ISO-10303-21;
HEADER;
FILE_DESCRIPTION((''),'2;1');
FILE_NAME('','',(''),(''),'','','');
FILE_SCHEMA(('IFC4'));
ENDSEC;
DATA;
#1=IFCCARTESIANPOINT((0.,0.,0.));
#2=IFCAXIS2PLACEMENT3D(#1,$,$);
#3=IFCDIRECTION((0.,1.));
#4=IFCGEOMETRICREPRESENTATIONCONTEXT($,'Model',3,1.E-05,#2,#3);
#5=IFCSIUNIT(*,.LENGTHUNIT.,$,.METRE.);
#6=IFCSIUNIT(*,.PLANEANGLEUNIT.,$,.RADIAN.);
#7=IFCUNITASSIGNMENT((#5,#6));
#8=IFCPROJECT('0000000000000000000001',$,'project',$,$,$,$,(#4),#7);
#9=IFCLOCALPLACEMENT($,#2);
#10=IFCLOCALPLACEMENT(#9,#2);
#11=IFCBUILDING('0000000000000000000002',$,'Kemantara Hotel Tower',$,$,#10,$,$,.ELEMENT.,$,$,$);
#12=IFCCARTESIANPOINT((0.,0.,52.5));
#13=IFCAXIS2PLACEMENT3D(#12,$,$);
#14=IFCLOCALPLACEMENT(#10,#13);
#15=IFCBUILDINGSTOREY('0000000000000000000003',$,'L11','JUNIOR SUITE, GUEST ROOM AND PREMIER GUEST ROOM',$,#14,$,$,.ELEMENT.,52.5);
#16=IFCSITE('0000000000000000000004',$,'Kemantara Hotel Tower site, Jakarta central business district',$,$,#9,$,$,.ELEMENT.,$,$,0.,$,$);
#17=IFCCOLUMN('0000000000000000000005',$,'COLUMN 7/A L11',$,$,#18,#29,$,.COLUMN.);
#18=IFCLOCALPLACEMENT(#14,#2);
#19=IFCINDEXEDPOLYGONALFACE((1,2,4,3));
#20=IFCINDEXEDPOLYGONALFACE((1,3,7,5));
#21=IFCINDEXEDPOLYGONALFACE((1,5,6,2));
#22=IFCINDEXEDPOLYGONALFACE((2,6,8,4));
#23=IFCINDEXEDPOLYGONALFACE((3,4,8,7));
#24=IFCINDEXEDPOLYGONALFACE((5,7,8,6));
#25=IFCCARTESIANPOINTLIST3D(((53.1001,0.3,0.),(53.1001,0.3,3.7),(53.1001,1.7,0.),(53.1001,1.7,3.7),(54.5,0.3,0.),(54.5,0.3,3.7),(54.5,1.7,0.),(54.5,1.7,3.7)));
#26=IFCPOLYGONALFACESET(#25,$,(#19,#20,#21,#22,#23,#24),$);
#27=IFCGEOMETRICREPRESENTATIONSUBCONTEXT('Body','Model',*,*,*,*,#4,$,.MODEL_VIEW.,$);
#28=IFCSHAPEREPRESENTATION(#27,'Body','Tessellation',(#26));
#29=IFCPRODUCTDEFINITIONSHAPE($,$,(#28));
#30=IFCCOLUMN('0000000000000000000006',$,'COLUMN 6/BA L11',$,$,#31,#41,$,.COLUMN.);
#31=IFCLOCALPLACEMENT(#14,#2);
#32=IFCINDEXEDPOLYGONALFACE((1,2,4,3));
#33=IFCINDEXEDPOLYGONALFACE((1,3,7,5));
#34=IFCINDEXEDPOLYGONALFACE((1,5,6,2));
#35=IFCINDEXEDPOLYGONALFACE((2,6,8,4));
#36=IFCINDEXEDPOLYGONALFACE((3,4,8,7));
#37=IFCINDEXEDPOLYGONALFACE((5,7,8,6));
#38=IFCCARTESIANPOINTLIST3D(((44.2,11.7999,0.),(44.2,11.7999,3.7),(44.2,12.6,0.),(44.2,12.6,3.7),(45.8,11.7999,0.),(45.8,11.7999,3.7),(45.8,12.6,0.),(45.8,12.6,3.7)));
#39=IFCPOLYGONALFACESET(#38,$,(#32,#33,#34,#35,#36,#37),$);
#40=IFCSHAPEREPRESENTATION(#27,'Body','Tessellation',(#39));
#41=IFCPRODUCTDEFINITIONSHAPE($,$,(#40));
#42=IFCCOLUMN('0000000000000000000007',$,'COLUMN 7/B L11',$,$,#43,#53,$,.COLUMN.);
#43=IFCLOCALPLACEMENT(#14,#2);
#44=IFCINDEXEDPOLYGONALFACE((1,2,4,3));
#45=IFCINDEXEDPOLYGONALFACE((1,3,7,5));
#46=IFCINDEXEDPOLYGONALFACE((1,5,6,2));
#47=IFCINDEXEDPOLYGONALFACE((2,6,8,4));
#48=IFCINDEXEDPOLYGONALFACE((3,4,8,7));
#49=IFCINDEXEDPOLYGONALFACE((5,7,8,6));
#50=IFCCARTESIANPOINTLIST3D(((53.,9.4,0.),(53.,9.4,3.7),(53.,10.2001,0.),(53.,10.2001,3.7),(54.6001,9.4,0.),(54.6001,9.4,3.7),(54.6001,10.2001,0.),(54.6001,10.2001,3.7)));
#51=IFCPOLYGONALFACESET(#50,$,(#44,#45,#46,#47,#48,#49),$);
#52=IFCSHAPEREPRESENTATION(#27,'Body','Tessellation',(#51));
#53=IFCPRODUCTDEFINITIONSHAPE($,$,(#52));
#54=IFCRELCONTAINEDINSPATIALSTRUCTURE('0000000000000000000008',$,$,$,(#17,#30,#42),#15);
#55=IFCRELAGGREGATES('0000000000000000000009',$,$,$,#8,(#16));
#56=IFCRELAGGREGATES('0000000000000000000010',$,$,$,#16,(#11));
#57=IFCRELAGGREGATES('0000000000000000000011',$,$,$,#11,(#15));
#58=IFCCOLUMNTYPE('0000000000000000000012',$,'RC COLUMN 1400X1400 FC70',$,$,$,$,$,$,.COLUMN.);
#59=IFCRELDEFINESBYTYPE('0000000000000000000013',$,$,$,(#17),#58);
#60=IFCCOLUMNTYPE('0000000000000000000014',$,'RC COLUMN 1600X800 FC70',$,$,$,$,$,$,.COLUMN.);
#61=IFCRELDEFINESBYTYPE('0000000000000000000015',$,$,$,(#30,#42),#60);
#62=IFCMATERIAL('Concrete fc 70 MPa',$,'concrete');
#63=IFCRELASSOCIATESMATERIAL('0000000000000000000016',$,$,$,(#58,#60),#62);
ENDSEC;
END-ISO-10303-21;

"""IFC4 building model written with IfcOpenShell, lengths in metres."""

from ifc_helpers import new_model, si_unit, direction, frame, origin, origin_2d, place, context, subcontext, project, spatial, rectangle, extrude, material, material_profile, profile_set, type_object, element, save


model = new_model("IFC4")

# Units and contexts
model_context = context("Model", 3, precision=1e-05, world=origin(), true_north=direction((0.0, 1.0)))
body_context = subcontext(model_context, "Body", "Model", "MODEL_VIEW")
ifc_project = project(units=[si_unit("LENGTHUNIT", "METRE"), si_unit("PLANEANGLEUNIT", "RADIAN")], contexts=[model_context])

# Site, building, storey
site_placement = place(None, origin())
site = spatial("IfcSite", under=ifc_project, at=site_placement, Name="Kemantara Hotel Tower site, Jakarta central business district", CompositionType="ELEMENT", RefElevation=0.0)
building_placement = place(site_placement, origin())
building = spatial("IfcBuilding", under=site, at=building_placement, Name="Kemantara Hotel Tower", CompositionType="ELEMENT")
storey_placement = place(building_placement, frame((0.0, 0.0, 52.5)))
storey = spatial("IfcBuildingStorey", under=building, at=storey_placement, Name="L11", Description="JUNIOR SUITE, GUEST ROOM AND PREMIER GUEST ROOM", CompositionType="ELEMENT", Elevation=52.5)

# Columns
ifc_material_1 = material(Name="Concrete fc 70 MPa", Category="concrete")
ifc_material_profile_1 = material_profile(ifc_material_1, rectangle(XDim=1.3999, YDim=1.3999, at=origin_2d()), Name="RC 1400X1400")
ifc_profile_set_1 = profile_set([ifc_material_profile_1], Name="Concrete fc 70 MPa")
column_type_1 = type_object("IfcColumnType", Name="RC COLUMN 1400X1400 FC70", PredefinedType="COLUMN", material=ifc_profile_set_1)
column_placement = place(storey_placement, frame((53.8, 1.0, 0.0), z_axis=(0.0, 0.0, 1.0), x_axis=(1.0, 0.0, 0.0)))
element("IfcColumn", 1, at=column_placement, inside=storey, type_object=column_type_1, Name="COLUMN 7/A L11", PredefinedType="COLUMN", context=body_context, shape_type="SweptSolid", body=[
    extrude(rectangle(XDim=1.3999, YDim=1.3999, at=origin_2d()), origin(), (0.0, 0.0, 1.0), 3.7),
])
ifc_material_profile_2 = material_profile(ifc_material_1, rectangle(XDim=1.6001, YDim=0.8, at=origin_2d()), Name="RC 1600X800")
ifc_profile_set_2 = profile_set([ifc_material_profile_2], Name="Concrete fc 70 MPa")
column_type_2 = type_object("IfcColumnType", Name="RC COLUMN 1600X800 FC70", PredefinedType="COLUMN", material=ifc_profile_set_2)
for number, where, z_axis, x_axis, name in (
    (2, (45.0, 12.2, 0.0), (0.0, 0.0, 1.0), (1.0, 0.0, 0.0), "COLUMN 6/BA L11"),
    (3, (53.8, 9.8, 0.0), (0.0, 0.0, 1.0), (1.0, 0.0, 0.0), "COLUMN 7/B L11"),
):
    element("IfcColumn", number, at=place(storey_placement, frame(where, z_axis=z_axis, x_axis=x_axis)), inside=storey, type_object=column_type_2, Name=name, PredefinedType="COLUMN", context=body_context, shape_type="SweptSolid", body=[
        extrude(rectangle(XDim=1.6001, YDim=0.8, at=origin_2d()), origin(), (0.0, 0.0, 1.0), 3.7),
    ])

save(model, "model.ifc")
